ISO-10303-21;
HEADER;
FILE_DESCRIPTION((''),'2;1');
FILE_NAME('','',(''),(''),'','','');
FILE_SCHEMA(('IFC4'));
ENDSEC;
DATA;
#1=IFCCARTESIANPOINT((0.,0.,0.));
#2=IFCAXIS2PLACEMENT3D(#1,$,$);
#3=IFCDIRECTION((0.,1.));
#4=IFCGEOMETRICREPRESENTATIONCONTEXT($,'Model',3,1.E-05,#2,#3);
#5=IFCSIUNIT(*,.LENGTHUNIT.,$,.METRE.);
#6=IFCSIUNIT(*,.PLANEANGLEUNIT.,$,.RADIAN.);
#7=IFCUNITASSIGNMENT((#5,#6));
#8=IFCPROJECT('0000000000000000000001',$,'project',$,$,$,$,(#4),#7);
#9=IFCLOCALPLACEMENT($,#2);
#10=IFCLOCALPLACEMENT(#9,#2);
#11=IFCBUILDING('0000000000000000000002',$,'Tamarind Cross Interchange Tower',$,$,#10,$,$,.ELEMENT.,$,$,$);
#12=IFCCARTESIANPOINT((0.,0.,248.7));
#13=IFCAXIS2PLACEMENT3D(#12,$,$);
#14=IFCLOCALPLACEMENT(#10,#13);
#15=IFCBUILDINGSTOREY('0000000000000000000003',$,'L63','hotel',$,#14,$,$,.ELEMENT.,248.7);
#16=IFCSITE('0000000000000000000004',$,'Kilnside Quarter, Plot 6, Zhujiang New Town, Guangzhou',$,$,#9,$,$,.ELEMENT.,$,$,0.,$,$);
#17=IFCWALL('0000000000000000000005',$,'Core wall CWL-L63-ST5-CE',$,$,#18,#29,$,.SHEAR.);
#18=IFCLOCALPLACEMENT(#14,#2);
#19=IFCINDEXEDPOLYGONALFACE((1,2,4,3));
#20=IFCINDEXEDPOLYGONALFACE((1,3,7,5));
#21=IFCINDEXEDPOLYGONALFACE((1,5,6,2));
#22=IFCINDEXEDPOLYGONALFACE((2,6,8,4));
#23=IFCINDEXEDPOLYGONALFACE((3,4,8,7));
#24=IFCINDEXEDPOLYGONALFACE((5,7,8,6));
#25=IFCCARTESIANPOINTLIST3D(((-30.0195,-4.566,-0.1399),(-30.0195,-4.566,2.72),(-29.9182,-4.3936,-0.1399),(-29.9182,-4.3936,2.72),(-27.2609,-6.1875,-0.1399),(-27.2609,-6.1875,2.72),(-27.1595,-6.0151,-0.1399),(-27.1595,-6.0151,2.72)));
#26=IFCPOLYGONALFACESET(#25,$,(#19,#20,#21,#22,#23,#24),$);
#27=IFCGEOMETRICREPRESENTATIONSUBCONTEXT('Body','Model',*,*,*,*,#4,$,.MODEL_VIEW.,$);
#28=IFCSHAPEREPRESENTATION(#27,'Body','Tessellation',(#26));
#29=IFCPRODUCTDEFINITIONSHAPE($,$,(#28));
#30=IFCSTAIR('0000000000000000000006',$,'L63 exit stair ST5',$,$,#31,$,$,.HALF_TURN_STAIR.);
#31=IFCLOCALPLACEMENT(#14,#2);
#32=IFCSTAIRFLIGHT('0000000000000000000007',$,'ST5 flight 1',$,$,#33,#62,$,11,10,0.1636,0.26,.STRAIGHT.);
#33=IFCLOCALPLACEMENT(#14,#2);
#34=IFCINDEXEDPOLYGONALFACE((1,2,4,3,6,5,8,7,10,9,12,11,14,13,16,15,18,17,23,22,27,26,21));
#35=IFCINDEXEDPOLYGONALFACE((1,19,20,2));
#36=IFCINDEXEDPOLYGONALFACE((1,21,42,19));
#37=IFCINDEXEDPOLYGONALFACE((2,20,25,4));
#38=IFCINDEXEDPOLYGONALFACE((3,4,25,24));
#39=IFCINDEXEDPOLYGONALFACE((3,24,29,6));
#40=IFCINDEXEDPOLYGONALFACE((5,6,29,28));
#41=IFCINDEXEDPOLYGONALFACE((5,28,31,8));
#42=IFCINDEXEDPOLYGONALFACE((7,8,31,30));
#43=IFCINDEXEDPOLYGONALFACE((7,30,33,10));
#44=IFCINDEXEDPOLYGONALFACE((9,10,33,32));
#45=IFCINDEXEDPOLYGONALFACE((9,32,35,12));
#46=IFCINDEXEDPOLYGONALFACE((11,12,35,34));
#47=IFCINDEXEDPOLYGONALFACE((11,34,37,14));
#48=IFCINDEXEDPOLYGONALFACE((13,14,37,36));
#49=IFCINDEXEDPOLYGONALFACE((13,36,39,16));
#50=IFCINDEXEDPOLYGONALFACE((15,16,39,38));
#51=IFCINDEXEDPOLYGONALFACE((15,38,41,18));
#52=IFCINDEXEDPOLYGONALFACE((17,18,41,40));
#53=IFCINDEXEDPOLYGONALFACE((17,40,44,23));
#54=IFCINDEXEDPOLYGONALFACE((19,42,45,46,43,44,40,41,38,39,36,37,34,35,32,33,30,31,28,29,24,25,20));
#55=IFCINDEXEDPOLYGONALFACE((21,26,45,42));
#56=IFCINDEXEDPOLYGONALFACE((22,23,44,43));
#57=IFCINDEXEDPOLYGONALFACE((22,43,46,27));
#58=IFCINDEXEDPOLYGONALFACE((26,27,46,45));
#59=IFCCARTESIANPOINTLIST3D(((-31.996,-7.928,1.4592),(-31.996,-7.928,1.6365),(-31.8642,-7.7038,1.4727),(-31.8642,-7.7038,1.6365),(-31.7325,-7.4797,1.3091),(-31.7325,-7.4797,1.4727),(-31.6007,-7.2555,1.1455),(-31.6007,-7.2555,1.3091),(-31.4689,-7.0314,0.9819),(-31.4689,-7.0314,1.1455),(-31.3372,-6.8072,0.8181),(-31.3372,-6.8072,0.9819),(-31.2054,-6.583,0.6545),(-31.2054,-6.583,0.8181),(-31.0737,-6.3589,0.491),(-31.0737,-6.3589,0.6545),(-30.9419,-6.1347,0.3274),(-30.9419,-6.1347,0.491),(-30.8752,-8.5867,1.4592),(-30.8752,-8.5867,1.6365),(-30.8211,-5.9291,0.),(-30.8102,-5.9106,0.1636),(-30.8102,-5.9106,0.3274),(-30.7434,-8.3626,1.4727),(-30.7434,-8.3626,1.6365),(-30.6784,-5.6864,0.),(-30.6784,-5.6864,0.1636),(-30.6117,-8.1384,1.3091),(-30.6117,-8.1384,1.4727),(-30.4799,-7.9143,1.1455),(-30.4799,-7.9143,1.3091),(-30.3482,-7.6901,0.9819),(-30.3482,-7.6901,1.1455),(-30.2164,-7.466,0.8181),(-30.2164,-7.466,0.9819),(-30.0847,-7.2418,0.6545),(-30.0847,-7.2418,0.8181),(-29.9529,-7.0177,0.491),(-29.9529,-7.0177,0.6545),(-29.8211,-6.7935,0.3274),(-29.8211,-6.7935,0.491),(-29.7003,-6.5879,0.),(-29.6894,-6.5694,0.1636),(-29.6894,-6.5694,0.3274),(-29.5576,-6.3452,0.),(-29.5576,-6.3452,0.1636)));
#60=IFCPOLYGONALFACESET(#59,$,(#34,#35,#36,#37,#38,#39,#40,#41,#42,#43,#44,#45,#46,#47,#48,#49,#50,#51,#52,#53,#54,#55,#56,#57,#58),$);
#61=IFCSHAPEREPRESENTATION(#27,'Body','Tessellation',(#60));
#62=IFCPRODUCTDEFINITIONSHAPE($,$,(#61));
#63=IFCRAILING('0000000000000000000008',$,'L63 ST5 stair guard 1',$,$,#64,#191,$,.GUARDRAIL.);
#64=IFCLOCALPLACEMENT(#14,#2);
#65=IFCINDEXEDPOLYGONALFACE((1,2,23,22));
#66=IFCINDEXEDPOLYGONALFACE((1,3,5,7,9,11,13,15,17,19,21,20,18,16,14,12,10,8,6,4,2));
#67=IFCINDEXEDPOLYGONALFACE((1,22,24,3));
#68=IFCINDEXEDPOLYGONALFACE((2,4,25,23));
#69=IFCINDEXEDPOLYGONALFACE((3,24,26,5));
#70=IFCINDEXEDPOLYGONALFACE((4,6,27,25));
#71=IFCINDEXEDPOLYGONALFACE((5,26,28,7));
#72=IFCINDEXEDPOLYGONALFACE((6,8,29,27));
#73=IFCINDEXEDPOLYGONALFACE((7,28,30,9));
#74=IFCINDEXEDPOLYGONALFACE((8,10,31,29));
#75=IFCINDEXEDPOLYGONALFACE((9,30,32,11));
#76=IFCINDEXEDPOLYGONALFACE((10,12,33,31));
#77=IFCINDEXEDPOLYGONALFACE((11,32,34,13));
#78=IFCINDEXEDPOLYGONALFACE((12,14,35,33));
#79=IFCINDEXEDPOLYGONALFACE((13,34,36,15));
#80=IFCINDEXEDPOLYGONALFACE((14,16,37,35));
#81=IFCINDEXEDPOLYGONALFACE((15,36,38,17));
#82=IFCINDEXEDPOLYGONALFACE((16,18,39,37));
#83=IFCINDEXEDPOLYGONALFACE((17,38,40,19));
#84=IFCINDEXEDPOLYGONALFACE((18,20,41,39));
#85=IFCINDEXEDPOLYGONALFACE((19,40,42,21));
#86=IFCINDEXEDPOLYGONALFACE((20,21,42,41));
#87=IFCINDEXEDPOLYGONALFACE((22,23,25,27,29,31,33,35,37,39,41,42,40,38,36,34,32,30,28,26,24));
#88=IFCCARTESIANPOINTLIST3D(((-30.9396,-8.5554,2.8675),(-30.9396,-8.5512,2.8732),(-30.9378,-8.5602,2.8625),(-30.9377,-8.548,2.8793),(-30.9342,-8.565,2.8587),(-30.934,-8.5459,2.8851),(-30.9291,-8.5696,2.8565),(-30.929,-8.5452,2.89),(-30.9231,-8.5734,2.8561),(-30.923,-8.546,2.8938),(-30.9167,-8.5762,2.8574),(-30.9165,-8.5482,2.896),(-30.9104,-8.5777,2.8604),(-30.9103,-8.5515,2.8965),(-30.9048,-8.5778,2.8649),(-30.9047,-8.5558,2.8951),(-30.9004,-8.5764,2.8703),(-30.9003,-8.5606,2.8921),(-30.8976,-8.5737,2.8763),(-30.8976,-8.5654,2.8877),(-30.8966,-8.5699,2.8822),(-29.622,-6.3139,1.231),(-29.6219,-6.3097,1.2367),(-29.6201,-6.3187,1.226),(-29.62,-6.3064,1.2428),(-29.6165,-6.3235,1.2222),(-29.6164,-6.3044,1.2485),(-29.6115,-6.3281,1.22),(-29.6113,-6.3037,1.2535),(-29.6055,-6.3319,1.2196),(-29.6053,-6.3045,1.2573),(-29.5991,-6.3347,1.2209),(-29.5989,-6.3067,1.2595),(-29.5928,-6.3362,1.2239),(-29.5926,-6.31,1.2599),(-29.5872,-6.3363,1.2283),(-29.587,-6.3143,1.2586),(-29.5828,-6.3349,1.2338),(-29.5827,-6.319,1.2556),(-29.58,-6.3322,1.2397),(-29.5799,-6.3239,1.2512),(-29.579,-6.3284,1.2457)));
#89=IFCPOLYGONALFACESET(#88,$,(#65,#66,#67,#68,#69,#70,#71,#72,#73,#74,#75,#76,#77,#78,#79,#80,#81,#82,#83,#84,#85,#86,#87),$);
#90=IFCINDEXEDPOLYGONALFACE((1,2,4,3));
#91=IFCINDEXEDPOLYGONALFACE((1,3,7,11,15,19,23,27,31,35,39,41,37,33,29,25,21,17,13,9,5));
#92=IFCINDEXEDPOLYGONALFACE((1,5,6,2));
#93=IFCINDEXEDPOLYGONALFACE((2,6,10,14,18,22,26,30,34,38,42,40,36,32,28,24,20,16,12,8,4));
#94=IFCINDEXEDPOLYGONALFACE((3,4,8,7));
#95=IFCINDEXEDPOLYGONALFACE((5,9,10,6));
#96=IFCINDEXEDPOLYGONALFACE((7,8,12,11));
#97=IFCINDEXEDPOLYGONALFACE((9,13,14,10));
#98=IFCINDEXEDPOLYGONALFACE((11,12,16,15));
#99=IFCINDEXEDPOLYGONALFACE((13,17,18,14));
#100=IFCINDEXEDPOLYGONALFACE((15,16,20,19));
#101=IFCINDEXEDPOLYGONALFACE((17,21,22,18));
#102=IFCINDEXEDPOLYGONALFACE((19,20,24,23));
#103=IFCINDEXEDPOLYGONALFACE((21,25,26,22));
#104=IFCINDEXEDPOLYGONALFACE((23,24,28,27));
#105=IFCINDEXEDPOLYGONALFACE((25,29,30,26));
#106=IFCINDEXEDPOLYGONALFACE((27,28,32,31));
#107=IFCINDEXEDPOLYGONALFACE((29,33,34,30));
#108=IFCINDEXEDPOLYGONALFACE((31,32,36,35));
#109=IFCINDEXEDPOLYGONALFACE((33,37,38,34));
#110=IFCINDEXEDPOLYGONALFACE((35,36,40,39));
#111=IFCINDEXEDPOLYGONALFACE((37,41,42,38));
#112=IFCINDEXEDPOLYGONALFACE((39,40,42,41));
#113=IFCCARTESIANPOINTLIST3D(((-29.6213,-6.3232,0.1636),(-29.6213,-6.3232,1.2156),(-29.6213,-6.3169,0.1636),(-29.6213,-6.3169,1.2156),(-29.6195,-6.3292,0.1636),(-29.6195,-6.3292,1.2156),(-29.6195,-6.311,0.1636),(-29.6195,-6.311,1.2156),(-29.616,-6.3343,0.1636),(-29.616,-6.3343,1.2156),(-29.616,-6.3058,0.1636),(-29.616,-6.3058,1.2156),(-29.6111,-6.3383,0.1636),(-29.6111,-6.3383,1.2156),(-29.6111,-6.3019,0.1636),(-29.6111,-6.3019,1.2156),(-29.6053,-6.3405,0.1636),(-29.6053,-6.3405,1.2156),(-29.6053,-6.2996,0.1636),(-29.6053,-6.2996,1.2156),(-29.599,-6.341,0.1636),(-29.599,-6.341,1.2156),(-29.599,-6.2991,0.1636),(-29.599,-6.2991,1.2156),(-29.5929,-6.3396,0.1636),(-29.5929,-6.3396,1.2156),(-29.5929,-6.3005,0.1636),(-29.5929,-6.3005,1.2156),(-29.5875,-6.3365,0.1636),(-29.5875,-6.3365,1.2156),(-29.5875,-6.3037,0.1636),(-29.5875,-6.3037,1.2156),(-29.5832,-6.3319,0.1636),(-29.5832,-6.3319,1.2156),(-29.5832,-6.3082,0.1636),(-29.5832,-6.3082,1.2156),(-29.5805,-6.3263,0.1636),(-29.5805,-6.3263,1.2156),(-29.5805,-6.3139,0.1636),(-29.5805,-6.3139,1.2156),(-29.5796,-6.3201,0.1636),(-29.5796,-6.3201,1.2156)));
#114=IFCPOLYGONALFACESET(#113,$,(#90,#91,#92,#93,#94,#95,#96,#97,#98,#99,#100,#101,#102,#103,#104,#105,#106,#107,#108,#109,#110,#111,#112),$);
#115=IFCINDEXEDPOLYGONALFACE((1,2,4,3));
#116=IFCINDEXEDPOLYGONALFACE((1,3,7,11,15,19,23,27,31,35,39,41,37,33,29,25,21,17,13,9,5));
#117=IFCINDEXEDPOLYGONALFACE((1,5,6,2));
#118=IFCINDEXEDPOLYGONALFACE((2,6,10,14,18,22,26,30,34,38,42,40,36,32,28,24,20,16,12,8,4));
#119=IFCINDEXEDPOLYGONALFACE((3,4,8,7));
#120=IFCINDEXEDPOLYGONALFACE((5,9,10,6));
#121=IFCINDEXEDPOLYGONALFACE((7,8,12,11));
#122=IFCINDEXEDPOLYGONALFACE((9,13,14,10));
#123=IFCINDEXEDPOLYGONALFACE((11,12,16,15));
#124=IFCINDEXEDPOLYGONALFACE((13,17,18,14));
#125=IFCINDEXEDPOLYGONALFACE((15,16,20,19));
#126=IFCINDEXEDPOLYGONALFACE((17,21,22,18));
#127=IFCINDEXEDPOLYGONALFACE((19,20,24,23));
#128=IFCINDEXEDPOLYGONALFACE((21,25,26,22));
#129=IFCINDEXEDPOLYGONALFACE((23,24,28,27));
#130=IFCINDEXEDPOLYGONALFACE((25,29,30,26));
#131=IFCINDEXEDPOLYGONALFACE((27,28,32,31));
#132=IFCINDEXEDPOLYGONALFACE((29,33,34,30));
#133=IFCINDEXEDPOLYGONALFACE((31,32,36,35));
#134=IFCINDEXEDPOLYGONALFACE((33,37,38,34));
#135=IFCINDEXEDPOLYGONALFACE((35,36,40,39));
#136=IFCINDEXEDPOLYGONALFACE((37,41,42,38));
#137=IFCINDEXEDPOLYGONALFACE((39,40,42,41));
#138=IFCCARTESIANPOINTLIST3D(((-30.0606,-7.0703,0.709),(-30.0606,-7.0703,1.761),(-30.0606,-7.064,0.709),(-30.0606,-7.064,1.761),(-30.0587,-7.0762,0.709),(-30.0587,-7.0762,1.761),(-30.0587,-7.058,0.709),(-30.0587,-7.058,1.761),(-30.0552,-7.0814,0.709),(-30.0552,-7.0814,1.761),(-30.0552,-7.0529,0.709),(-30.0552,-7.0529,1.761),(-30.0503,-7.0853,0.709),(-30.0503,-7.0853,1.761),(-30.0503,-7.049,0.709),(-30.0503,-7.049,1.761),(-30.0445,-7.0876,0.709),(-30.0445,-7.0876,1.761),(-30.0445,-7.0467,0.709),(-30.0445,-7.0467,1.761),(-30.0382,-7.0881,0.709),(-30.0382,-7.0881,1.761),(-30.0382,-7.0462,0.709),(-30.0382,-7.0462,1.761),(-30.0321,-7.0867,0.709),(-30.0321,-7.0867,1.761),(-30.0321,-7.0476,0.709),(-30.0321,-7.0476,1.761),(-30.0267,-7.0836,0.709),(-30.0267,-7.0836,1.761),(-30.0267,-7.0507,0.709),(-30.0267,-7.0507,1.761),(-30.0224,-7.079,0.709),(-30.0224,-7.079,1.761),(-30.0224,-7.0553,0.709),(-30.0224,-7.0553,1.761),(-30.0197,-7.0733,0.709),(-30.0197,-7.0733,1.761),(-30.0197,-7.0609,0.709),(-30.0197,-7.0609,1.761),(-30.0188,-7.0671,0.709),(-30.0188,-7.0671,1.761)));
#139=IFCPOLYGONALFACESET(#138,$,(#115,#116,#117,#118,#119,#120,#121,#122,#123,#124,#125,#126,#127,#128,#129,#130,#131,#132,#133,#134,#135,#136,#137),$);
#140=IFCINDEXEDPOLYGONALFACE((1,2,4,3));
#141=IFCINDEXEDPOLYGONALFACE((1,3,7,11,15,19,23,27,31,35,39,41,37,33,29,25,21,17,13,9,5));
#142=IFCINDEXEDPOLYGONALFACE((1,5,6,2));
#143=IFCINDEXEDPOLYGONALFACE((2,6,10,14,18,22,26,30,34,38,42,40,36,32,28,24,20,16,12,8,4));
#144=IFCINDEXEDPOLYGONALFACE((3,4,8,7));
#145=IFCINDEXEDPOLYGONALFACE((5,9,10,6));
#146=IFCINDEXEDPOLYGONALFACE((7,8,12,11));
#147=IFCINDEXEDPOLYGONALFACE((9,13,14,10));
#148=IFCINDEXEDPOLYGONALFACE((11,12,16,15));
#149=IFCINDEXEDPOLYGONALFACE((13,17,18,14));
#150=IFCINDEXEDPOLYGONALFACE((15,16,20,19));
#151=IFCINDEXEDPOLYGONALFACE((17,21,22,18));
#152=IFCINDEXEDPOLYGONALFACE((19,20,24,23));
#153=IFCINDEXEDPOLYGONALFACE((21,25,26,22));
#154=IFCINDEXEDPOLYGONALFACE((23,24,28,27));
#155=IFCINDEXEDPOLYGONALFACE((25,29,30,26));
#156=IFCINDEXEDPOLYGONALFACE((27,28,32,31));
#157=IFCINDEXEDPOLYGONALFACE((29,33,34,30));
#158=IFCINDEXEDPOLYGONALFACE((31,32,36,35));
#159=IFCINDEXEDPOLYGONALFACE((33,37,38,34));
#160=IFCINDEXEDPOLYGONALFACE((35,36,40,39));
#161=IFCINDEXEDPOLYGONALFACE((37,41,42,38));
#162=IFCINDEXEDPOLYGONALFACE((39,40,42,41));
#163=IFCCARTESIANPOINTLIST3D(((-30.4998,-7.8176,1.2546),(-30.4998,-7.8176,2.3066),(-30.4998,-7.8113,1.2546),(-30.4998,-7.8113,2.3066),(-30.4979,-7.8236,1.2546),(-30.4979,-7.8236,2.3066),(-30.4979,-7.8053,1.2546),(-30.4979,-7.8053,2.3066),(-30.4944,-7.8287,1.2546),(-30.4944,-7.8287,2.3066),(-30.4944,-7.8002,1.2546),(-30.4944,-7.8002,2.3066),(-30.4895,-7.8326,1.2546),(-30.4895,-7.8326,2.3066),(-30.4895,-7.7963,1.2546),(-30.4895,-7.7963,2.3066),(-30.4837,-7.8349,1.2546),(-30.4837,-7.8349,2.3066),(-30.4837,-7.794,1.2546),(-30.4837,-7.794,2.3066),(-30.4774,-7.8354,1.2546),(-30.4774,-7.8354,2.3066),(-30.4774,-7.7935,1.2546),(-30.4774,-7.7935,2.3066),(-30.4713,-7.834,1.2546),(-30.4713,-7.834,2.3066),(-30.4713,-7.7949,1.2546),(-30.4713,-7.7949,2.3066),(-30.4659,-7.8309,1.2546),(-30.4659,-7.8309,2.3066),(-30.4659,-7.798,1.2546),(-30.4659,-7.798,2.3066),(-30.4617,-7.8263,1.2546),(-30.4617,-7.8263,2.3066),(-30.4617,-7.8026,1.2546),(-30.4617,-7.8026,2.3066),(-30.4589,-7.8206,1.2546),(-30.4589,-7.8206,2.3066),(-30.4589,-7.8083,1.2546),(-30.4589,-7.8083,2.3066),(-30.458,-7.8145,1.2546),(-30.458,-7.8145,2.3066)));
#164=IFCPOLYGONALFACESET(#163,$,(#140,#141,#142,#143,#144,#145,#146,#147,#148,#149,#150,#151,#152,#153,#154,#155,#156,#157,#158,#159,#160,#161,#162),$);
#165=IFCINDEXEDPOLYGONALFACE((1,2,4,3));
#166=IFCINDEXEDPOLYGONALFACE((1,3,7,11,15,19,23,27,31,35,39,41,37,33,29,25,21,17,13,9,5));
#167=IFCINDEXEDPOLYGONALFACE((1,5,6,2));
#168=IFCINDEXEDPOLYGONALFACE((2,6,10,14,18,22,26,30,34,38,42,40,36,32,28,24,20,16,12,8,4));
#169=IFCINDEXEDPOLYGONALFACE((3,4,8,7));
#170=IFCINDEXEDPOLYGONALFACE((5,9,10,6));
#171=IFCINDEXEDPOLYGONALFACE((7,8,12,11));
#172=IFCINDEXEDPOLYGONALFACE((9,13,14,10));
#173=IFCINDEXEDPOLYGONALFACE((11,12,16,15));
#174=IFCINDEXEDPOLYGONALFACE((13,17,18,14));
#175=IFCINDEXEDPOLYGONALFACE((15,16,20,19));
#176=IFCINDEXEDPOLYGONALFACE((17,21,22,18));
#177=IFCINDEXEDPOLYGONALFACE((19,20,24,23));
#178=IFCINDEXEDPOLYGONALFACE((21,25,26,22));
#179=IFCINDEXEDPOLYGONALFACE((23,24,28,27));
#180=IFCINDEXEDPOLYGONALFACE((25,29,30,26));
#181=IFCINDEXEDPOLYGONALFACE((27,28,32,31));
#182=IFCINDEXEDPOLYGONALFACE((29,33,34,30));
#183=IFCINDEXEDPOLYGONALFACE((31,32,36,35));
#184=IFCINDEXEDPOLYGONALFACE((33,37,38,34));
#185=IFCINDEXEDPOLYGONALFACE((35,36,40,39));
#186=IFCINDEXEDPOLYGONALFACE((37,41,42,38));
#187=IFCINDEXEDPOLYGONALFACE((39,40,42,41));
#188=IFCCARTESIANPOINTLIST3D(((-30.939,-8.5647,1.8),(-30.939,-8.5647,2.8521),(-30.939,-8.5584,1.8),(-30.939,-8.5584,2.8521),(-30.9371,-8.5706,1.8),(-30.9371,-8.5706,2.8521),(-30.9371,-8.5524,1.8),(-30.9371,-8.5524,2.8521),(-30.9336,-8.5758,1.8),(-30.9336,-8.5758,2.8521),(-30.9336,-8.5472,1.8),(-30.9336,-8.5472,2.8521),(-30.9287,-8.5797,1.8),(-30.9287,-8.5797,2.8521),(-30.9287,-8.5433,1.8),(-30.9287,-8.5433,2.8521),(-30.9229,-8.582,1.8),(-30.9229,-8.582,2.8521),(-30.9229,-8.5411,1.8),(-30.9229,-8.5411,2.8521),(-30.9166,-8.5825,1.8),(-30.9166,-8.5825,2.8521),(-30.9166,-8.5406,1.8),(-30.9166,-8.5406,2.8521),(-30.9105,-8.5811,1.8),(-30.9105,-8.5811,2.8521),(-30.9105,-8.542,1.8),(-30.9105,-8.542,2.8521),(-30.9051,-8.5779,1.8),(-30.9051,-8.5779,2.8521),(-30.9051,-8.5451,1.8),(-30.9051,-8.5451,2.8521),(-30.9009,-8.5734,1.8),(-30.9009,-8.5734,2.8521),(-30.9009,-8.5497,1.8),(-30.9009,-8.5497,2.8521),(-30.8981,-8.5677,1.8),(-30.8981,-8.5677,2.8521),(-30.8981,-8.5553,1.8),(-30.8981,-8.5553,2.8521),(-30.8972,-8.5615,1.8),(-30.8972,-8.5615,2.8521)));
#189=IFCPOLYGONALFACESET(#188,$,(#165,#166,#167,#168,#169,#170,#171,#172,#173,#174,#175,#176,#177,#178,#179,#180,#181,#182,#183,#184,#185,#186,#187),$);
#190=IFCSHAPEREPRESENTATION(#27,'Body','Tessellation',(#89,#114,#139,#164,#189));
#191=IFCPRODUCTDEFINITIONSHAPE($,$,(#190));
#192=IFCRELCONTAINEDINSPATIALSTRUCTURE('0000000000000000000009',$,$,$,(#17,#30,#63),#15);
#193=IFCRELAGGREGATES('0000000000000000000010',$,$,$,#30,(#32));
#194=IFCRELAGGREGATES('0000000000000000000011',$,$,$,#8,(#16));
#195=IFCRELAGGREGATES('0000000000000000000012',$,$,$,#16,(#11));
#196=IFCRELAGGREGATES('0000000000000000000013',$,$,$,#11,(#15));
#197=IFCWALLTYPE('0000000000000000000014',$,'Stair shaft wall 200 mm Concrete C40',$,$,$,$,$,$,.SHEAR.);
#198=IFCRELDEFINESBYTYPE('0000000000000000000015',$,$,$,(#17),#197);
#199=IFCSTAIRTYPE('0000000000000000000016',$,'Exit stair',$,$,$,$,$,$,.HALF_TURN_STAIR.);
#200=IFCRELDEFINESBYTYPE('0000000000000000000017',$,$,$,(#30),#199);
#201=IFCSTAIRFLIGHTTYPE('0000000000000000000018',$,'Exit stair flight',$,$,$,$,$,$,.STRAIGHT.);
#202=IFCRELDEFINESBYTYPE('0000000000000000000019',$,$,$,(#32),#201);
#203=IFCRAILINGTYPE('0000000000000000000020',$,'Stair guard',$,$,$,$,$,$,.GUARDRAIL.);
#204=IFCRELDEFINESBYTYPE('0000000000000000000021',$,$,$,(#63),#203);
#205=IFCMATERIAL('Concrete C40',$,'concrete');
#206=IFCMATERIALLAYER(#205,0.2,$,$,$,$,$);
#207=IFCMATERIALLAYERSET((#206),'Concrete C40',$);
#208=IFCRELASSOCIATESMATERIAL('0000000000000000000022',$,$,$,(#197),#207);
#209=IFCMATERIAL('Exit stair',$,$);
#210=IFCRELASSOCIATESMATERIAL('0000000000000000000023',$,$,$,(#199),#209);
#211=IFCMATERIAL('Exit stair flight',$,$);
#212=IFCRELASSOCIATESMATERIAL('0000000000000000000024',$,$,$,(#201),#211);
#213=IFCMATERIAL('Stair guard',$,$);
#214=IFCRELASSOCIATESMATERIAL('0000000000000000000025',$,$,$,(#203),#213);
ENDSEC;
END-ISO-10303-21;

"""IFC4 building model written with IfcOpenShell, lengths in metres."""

from ifc_helpers import new_model, si_unit, direction, frame, frame_2d, origin, origin_2d, place, context, subcontext, project, spatial, polyline, rectangle, circle, outline, extrude, material, layer, layer_set, type_object, element, aggregate, save


model = new_model("IFC4")

# Units and contexts
model_context = context("Model", 3, precision=1e-05, world=origin(), true_north=direction((0.0, 1.0)))
body_context = subcontext(model_context, "Body", "Model", "MODEL_VIEW")
ifc_project = project(units=[si_unit("LENGTHUNIT", "METRE"), si_unit("PLANEANGLEUNIT", "RADIAN")], contexts=[model_context])

# Site, building, storey
site_placement = place(None, origin())
site = spatial("IfcSite", under=ifc_project, at=site_placement, Name="Kilnside Quarter, Plot 6, Zhujiang New Town, Guangzhou", CompositionType="ELEMENT", RefElevation=0.0)
building_placement = place(site_placement, origin())
building = spatial("IfcBuilding", under=site, at=building_placement, Name="Tamarind Cross Interchange Tower", CompositionType="ELEMENT")
storey_placement = place(building_placement, frame((0.0, 0.0, 248.7)))
storey = spatial("IfcBuildingStorey", under=building, at=storey_placement, Name="L63", Description="hotel", CompositionType="ELEMENT", Elevation=248.7)

# Shared definitions
ifc_material_1 = material(Name="Concrete C40", Category="concrete")
ifc_layer_1 = layer(ifc_material_1, 0.2)
ifc_layer_set_1 = layer_set([ifc_layer_1], Name="Concrete C40")
wall_type_1 = type_object("IfcWallType", Name="Stair shaft wall 200 mm Concrete C40", PredefinedType="SHEAR", material=ifc_layer_set_1)

# Wall
wall_1_placement = place(storey_placement, frame((-29.969, -4.4797, -0.1399), z_axis=(0.0, 0.0, 1.0), x_axis=(0.862103, -0.506733, 0.0)))
element("IfcWall", 1, at=wall_1_placement, inside=storey, type_object=wall_type_1, Name="Core wall CWL-L63-ST5-CE", PredefinedType="SHEAR", context=body_context, shape_type="SweptSolid", body=[
    extrude(rectangle(XDim=3.2, YDim=0.2, at=frame_2d((1.6001, 0.0))), origin(), (0.0, 0.0, 1.0), 2.8599),
])

# Stair, stair flight
ifc_material_2 = material(Name="Exit stair")
stair_type = type_object("IfcStairType", Name="Exit stair", PredefinedType="HALF_TURN_STAIR", material=ifc_material_2)
stair_placement = place(storey_placement, origin())
stair = element("IfcStair", 2, at=stair_placement, inside=storey, type_object=stair_type, Name="L63 exit stair ST5", PredefinedType="HALF_TURN_STAIR")
ifc_material_3 = material(Name="Exit stair flight")
stair_flight_type = type_object("IfcStairFlightType", Name="Exit stair flight", PredefinedType="STRAIGHT", material=ifc_material_3)
stair_flight_placement = place(storey_placement, frame((-30.1179, -6.0159, 0.0), z_axis=(0.0, 0.0, 1.0), x_axis=(-0.506732, -0.862104, 0.0)))
stair_flight = element("IfcStairFlight", 3, at=stair_flight_placement, type_object=stair_flight_type, Name="ST5 flight 1", NumberOfRisers=11, NumberOfTreads=10, PredefinedType="STRAIGHT", RiserHeight=0.1636, TreadLength=0.26, context=body_context, shape_type="SweptSolid", body=[
    extrude(outline(polyline([(0.0, 0.0), (0.0, 0.1636), (0.26, 0.1636), (0.26, 0.3274), (0.52, 0.3274), (0.52, 0.491), (0.78, 0.491), (0.78, 0.6545), (1.04, 0.6545), (1.04, 0.8181), (1.3, 0.8181), (1.3, 0.9819), (1.5601, 0.9819), (1.5601, 1.1455), (1.8201, 1.1455), (1.8201, 1.3091), (2.0801, 1.3091), (2.0801, 1.4727), (2.3401, 1.4727), (2.3401, 1.6365), (2.6001, 1.6365), (2.6001, 1.8), (2.6001, 1.4592), (0.2815, 0.0), (0.0, 0.0)])), frame((0.0, 0.6499, 0.0), z_axis=(0.0, -1.0, 0.0), x_axis=(1.0, 0.0, 0.0)), (0.0, 0.0, 1.0), 1.3),
])
aggregate(stair, [stair_flight])

# Railing
ifc_material_4 = material(Name="Stair guard")
railing_type_1 = type_object("IfcRailingType", Name="Stair guard", PredefinedType="GUARDRAIL", material=ifc_material_4)
railing_1_placement = place(storey_placement, frame((-29.6006, -6.3201, 0.1636)))
element("IfcRailing", 4, at=railing_1_placement, inside=storey, type_object=railing_type_1, Name="L63 ST5 stair guard 1", PredefinedType="GUARDRAIL", context=body_context, shape_type="SweptSolid", body=[
    extrude(circle(Radius=0.0239, at=origin_2d()), frame((0.0, 0.0, 1.0762), z_axis=(-0.428889, -0.729597, 0.532675), x_axis=(0.862081, -0.50677, 0.0)), (0.0, 0.0, 1.0), 3.0723),
    extrude(circle(Radius=0.021, at=origin_2d()), origin(), (0.0, 0.0, 1.0), 1.052),
    extrude(circle(Radius=0.021, at=origin_2d()), frame((-0.4392, -0.7471, 0.5454)), (0.0, 0.0, 1.0), 1.052),
    extrude(circle(Radius=0.021, at=origin_2d()), frame((-0.8784, -1.4944, 1.0911)), (0.0, 0.0, 1.0), 1.052),
    extrude(circle(Radius=0.021, at=origin_2d()), frame((-1.3176, -2.2415, 1.6365)), (0.0, 0.0, 1.0), 1.052),
])

save(model, "model.ifc")
